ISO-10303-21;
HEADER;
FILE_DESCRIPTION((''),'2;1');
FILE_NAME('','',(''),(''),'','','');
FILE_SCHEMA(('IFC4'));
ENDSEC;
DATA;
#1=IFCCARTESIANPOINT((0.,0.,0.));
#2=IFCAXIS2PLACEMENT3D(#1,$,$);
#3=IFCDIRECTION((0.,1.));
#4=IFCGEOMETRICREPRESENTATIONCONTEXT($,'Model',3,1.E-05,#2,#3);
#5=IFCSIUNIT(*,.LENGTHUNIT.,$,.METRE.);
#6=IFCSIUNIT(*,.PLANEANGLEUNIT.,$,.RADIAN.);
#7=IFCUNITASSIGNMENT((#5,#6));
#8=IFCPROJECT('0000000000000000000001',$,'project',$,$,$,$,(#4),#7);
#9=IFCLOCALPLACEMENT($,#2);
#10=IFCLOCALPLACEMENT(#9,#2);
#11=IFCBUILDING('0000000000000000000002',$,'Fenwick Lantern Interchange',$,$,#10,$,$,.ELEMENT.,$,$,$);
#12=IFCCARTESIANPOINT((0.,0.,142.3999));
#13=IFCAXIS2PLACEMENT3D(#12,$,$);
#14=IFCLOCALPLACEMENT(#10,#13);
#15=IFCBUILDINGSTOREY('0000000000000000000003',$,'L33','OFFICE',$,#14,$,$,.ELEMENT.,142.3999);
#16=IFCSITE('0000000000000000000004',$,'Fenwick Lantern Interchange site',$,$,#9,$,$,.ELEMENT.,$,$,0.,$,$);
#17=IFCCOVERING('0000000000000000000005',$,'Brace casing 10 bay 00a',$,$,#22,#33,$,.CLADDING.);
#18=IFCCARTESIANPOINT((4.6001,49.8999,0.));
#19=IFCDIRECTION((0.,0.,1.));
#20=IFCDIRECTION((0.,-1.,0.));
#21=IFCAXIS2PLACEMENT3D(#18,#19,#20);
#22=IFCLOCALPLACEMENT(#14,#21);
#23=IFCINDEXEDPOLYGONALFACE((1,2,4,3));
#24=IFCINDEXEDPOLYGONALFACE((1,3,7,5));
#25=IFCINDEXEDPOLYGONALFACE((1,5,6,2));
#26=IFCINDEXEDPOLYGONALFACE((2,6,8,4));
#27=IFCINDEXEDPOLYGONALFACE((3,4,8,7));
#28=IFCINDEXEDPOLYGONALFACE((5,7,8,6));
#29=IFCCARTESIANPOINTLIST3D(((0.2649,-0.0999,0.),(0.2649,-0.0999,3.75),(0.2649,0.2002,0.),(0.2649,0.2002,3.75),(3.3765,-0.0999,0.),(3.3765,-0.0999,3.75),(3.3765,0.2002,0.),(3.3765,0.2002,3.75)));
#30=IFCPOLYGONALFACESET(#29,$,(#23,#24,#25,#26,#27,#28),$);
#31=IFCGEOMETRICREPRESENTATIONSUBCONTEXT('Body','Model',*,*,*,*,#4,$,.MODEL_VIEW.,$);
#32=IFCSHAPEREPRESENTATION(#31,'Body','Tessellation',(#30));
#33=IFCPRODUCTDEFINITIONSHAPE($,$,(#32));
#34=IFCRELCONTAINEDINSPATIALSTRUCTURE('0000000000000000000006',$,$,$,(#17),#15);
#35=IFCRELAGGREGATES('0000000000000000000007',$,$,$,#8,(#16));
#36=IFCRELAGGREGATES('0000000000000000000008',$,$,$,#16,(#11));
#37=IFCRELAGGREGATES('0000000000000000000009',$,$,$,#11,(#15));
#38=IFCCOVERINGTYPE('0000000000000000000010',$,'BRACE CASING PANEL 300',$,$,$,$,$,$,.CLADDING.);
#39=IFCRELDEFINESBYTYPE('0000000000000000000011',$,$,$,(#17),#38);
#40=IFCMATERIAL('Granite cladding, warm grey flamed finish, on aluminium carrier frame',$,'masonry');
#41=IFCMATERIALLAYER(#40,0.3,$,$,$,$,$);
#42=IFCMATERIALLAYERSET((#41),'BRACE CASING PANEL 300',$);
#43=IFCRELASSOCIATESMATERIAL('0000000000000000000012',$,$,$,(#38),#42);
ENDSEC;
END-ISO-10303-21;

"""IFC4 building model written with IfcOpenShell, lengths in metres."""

from ifc_helpers import new_model, si_unit, direction, frame, origin, place, context, subcontext, project, spatial, polyline, outline, extrude, material, layer, layer_set, type_object, element, save


model = new_model("IFC4")

# Units and contexts
model_context = context("Model", 3, precision=1e-05, world=origin(), true_north=direction((0.0, 1.0)))
body_context = subcontext(model_context, "Body", "Model", "MODEL_VIEW")
ifc_project = project(units=[si_unit("LENGTHUNIT", "METRE"), si_unit("PLANEANGLEUNIT", "RADIAN")], contexts=[model_context])

# Site, building, storey
site_placement = place(None, origin())
site = spatial("IfcSite", under=ifc_project, at=site_placement, Name="Fenwick Lantern Interchange site", CompositionType="ELEMENT", RefElevation=0.0)
building_placement = place(site_placement, origin())
building = spatial("IfcBuilding", under=site, at=building_placement, Name="Fenwick Lantern Interchange", CompositionType="ELEMENT")
storey_placement = place(building_placement, frame((0.0, 0.0, 142.3999)))
storey = spatial("IfcBuildingStorey", under=building, at=storey_placement, Name="L33", Description="OFFICE", CompositionType="ELEMENT", Elevation=142.3999)

# Covering
ifc_material_1 = material(Name="Granite cladding, warm grey flamed finish, on aluminium carrier frame", Category="masonry")
ifc_layer_1 = layer(ifc_material_1, 0.3)
ifc_layer_set_1 = layer_set([ifc_layer_1], Name="BRACE CASING PANEL 300")
covering_type = type_object("IfcCoveringType", Name="BRACE CASING PANEL 300", PredefinedType="CLADDING", material=ifc_layer_set_1)
covering_placement = place(storey_placement, frame((4.6001, 49.8999, 0.0), z_axis=(0.0, 0.0, 1.0), x_axis=(0.0, -1.0, 0.0)))
element("IfcCovering", 1, at=covering_placement, inside=storey, type_object=covering_type, Name="Brace casing 10 bay 00a", PredefinedType="CLADDING", context=body_context, shape_type="SweptSolid", body=[
    extrude(outline(polyline([(0.2649, 0.0), (3.3765, 0.0), (3.3765, 3.75), (0.2649, 3.75), (0.2649, 0.0)])), frame((0.0, 0.2002, 0.0), z_axis=(0.0, -1.0, 0.0), x_axis=(1.0, 0.0, 0.0)), (0.0, 0.0, 1.0), 0.3),
])

save(model, "model.ifc")
